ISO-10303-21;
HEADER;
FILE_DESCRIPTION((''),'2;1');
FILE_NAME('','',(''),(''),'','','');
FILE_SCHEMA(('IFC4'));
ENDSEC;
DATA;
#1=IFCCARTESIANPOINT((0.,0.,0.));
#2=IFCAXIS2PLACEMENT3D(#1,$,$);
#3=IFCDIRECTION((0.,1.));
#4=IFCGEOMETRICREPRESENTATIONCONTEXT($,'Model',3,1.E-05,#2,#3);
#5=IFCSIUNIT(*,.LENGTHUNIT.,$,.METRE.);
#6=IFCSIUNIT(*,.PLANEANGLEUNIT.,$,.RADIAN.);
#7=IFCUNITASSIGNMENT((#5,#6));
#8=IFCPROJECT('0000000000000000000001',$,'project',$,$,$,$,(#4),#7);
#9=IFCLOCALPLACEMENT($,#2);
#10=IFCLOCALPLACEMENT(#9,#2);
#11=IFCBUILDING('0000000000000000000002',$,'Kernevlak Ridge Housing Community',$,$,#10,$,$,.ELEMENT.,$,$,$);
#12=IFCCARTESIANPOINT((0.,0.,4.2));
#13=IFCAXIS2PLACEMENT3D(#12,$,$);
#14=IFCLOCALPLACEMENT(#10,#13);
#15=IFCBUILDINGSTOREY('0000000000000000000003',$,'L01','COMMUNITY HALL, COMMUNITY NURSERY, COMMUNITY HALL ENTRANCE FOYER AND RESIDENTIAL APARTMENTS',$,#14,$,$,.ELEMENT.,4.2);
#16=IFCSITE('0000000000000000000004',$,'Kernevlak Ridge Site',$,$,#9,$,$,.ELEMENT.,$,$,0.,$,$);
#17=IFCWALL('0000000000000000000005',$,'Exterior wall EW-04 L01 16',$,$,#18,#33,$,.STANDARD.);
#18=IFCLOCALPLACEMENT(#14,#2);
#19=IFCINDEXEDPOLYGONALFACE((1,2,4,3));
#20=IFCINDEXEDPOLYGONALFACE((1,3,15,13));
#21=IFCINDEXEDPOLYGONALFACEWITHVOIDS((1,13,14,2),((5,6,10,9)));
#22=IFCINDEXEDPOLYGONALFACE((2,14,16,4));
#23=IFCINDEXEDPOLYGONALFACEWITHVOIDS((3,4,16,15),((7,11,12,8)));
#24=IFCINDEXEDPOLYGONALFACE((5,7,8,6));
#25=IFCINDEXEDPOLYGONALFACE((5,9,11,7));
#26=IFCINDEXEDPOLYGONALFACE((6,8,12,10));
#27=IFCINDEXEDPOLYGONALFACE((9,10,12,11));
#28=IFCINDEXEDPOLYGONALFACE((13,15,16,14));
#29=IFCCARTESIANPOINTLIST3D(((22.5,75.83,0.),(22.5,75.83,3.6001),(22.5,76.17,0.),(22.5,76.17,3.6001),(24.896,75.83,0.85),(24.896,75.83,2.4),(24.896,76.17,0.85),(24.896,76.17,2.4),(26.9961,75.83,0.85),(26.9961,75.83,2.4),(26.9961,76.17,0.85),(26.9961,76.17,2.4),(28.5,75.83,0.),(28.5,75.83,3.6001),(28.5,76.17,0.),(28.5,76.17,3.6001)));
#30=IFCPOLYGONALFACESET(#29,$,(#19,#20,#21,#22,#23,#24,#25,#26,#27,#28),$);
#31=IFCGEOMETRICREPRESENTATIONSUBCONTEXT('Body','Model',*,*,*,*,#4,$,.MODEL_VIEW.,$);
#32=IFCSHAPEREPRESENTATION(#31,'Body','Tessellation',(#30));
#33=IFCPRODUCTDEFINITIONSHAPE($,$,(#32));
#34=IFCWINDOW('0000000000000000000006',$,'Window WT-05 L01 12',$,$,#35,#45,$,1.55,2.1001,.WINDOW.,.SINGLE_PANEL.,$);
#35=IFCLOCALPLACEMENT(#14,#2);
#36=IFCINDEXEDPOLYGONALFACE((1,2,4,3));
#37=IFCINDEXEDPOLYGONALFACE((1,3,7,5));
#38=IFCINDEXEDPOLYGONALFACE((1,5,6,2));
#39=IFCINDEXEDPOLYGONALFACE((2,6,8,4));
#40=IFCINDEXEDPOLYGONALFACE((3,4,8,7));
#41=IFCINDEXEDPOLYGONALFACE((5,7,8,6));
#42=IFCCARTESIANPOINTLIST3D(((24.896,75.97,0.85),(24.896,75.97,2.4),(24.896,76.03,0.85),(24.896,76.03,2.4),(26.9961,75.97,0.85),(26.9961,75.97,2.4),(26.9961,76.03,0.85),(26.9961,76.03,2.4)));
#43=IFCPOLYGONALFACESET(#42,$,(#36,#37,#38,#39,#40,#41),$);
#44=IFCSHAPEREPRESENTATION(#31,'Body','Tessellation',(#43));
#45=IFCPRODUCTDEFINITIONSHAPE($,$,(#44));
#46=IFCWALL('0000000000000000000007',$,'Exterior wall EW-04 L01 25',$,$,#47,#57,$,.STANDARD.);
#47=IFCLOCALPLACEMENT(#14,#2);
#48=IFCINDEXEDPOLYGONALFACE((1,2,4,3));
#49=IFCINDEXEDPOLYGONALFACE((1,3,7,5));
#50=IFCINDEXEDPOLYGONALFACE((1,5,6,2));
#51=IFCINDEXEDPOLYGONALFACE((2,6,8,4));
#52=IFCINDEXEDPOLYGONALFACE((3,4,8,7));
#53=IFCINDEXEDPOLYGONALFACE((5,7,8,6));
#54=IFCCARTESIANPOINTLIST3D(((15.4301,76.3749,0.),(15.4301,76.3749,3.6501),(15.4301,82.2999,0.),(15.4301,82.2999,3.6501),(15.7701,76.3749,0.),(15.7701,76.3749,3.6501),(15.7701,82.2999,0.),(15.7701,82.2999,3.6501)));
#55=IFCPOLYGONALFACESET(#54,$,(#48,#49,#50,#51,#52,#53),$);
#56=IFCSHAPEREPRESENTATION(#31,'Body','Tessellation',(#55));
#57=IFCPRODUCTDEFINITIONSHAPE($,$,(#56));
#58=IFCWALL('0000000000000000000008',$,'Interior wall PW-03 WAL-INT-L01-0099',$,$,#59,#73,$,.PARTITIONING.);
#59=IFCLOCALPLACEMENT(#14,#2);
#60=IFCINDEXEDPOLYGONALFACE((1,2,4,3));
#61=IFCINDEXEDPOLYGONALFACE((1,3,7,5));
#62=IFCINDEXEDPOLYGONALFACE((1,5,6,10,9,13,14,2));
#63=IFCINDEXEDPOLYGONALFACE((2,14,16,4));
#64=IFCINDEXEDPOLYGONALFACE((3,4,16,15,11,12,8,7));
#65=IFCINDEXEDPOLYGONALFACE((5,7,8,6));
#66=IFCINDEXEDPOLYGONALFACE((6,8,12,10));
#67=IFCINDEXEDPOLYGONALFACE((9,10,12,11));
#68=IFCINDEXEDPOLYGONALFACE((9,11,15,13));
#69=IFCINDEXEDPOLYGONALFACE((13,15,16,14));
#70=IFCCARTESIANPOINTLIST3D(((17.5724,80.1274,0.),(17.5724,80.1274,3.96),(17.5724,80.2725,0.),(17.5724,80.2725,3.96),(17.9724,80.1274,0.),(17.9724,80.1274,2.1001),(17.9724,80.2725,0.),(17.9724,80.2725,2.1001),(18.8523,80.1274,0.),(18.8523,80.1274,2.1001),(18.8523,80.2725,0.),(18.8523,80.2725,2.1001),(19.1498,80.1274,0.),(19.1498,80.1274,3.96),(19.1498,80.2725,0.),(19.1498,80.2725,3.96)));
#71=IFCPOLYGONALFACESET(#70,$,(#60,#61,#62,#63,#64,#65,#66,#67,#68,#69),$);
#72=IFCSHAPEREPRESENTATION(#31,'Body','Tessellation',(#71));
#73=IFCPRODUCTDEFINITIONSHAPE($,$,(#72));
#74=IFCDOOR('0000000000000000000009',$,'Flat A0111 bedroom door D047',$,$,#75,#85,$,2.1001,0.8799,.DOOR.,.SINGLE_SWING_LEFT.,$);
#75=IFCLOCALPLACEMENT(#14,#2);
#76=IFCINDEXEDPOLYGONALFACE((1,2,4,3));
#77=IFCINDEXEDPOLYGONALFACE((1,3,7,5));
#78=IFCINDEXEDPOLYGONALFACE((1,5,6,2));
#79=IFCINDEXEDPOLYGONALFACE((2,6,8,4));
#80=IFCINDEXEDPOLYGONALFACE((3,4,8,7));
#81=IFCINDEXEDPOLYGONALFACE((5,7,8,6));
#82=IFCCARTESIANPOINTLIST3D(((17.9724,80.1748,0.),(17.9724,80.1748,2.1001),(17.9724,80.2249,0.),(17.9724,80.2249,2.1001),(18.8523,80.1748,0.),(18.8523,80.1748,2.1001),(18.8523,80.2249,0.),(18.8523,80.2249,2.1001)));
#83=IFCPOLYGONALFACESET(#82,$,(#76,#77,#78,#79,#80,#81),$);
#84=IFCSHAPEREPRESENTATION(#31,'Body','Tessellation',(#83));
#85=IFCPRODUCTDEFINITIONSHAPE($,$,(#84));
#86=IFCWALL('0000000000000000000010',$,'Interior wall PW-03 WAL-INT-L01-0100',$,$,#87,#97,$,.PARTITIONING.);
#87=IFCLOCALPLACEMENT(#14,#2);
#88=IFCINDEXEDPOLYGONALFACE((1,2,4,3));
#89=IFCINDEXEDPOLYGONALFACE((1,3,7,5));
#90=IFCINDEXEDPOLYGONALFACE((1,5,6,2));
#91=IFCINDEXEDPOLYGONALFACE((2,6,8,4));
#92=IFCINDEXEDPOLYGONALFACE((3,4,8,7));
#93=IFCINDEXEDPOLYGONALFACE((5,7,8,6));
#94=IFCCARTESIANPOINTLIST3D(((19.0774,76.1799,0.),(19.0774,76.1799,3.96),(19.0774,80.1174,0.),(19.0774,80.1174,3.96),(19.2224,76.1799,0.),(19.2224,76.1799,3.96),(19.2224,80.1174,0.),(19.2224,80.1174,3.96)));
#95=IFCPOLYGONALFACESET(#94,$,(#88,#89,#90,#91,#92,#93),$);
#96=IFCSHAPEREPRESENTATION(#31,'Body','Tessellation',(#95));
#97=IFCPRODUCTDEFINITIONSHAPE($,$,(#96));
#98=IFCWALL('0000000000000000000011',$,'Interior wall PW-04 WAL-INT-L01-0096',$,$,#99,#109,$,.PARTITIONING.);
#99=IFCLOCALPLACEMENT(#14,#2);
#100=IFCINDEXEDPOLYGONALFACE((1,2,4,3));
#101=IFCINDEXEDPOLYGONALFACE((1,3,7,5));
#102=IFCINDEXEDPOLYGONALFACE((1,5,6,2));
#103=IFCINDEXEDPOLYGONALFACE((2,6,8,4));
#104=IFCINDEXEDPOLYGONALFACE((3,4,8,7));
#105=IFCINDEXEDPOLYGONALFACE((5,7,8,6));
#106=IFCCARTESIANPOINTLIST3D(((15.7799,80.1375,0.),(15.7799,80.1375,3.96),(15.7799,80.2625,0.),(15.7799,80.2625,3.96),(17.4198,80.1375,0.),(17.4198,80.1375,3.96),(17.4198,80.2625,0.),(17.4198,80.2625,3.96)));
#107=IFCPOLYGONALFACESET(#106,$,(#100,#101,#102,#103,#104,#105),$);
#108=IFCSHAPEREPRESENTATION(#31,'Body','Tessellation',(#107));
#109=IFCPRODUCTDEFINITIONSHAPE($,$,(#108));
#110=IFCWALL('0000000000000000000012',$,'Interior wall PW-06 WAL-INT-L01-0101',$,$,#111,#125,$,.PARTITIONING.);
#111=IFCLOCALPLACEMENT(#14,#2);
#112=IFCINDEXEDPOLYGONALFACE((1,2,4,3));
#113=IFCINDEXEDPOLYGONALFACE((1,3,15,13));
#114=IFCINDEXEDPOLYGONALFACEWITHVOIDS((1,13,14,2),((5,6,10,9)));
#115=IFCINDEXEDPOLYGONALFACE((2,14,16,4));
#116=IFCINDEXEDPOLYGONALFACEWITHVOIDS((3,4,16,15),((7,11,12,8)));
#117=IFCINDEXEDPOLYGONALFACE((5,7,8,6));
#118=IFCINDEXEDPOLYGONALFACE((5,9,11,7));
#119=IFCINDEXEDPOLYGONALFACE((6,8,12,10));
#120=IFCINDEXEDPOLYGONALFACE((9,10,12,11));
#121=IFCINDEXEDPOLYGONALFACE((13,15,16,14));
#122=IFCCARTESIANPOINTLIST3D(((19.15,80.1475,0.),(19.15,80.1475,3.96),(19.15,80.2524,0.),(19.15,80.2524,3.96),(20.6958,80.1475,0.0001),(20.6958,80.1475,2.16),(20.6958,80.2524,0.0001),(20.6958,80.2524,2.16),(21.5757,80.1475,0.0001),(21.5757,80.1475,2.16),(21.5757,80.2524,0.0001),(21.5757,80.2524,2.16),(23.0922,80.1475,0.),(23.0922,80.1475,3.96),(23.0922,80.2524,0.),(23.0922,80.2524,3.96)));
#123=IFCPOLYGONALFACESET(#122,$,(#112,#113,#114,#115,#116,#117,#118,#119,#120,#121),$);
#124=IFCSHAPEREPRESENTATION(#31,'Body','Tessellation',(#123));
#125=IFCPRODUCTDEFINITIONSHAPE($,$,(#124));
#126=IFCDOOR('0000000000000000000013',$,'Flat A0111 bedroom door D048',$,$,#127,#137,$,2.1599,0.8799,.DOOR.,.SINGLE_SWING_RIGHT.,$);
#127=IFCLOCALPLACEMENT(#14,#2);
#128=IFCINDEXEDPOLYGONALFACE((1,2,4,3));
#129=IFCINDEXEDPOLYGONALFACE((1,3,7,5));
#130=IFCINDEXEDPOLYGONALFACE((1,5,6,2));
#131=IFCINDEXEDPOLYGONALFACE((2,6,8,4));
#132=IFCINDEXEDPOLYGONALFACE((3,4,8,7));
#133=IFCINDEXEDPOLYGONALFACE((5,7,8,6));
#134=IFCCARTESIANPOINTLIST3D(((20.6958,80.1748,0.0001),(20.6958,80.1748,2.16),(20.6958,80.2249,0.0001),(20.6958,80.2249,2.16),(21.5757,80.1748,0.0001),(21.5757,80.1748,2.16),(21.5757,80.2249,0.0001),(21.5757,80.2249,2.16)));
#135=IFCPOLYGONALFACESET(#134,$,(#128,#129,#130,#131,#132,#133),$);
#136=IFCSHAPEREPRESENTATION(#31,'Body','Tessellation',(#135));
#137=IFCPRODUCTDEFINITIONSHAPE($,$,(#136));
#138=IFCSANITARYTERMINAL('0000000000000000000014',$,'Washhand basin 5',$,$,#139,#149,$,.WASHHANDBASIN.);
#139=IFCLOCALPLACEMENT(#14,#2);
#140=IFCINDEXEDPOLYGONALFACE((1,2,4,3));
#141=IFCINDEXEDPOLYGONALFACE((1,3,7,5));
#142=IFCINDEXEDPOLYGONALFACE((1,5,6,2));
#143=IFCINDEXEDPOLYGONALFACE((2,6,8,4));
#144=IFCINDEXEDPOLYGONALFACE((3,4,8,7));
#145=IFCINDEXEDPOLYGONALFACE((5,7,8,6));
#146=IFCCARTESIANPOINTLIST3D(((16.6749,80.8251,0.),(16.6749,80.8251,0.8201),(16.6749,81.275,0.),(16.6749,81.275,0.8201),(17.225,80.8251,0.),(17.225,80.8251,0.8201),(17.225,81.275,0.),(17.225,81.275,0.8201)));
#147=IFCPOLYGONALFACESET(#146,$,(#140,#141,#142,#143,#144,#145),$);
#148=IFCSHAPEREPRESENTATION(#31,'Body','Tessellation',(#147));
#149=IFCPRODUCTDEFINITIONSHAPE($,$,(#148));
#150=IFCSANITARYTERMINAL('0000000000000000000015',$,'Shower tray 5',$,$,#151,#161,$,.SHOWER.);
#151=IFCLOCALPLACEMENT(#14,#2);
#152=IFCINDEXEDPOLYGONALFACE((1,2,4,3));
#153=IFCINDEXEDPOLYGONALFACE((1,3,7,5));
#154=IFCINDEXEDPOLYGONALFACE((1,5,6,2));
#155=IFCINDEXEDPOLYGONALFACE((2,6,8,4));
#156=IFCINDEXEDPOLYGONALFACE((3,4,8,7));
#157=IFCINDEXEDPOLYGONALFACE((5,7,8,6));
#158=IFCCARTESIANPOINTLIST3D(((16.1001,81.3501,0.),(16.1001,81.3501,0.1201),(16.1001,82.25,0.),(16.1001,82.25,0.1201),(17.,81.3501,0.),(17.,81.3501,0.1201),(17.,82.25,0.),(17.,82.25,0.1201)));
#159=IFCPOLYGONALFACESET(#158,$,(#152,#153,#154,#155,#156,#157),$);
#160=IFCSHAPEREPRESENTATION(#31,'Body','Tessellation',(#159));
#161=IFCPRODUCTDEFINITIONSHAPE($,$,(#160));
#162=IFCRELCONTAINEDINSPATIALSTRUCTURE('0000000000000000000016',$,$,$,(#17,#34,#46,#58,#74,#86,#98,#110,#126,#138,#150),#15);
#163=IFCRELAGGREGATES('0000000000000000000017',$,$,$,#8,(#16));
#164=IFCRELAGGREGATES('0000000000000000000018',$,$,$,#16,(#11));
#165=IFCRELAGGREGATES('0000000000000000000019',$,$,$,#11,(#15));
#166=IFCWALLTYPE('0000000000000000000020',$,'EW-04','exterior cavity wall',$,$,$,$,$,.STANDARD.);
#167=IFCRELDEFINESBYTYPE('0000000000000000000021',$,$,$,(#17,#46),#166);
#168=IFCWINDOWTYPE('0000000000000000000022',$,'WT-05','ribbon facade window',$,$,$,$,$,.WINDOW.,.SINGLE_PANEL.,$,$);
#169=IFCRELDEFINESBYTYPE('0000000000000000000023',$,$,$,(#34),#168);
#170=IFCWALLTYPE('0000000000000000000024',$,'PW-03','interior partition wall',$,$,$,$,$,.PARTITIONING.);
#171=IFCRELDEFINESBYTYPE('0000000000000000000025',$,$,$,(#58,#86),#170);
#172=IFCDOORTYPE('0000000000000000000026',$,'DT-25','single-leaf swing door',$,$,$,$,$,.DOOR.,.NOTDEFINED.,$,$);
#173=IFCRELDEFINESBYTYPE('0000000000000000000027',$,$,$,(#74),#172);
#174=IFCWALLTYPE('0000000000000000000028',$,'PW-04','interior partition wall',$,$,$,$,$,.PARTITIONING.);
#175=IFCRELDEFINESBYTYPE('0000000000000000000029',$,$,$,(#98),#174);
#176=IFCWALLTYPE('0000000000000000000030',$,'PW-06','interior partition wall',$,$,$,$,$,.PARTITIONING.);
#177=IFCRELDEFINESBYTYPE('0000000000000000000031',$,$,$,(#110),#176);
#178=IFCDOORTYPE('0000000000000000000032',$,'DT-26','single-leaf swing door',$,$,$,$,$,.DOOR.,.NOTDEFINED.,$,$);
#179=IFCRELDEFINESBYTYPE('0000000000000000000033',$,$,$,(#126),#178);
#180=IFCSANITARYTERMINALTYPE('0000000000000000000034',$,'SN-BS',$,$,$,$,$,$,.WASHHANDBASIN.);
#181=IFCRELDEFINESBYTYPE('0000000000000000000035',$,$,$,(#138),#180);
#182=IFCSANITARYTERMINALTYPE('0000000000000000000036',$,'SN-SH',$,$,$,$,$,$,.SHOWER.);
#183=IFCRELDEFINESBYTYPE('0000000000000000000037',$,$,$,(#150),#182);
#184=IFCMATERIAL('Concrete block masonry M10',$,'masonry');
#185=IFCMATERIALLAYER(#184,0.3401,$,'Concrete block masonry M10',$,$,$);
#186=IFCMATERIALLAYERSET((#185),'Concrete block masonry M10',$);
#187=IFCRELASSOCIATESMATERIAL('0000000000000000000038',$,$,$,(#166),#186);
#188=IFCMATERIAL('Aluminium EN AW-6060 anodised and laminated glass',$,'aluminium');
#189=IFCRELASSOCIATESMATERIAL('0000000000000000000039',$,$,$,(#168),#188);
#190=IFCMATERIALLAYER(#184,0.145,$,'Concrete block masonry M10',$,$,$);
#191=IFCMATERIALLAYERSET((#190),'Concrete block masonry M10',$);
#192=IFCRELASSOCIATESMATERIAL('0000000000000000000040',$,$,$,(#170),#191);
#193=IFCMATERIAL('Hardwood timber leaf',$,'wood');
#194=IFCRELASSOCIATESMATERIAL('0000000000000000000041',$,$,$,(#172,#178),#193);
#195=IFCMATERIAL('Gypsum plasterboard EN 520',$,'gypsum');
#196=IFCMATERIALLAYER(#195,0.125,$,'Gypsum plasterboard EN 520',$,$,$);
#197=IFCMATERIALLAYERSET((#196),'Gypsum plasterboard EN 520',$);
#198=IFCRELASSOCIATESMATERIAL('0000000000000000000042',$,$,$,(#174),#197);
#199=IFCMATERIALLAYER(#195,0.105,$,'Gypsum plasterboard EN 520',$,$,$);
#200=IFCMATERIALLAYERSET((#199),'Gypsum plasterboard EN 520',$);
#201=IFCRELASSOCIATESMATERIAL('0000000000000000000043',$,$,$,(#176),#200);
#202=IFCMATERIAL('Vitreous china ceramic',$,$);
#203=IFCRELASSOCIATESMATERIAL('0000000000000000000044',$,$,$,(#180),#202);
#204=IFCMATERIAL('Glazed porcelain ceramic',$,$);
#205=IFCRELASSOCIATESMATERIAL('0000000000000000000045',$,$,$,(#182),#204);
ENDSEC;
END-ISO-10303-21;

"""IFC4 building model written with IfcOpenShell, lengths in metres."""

from ifc_helpers import new_model, si_unit, direction, frame, frame_2d, origin, origin_2d, place, context, subcontext, project, spatial, rectangle, extrude, material, layer, layer_set, type_object, element, fill, save


model = new_model("IFC4")

# Units and contexts
model_context = context("Model", 3, precision=1e-05, world=origin(), true_north=direction((0.0, 1.0)))
body_context = subcontext(model_context, "Body", "Model", "MODEL_VIEW")
ifc_project = project(units=[si_unit("LENGTHUNIT", "METRE"), si_unit("PLANEANGLEUNIT", "RADIAN")], contexts=[model_context])

# Site, building, storey
site_placement = place(None, origin())
site = spatial("IfcSite", under=ifc_project, at=site_placement, Name="Kernevlak Ridge Site", CompositionType="ELEMENT", RefElevation=0.0)
building_placement = place(site_placement, origin())
building = spatial("IfcBuilding", under=site, at=building_placement, Name="Kernevlak Ridge Housing Community", CompositionType="ELEMENT")
storey_placement = place(building_placement, frame((0.0, 0.0, 4.2)))
storey = spatial("IfcBuildingStorey", under=building, at=storey_placement, Name="L01", Description="COMMUNITY HALL, COMMUNITY NURSERY, COMMUNITY HALL ENTRANCE FOYER AND RESIDENTIAL APARTMENTS", CompositionType="ELEMENT", Elevation=4.2)

# Shared definitions
ifc_material_1 = material(Name="Concrete block masonry M10", Category="masonry")
ifc_layer_1 = layer(ifc_material_1, 0.3401, Name="Concrete block masonry M10")
ifc_layer_set_1 = layer_set([ifc_layer_1], Name="Concrete block masonry M10")
wall_type_1 = type_object("IfcWallType", Name="EW-04", Description="exterior cavity wall", PredefinedType="STANDARD", material=ifc_layer_set_1)
ifc_material_2 = material(Name="Aluminium EN AW-6060 anodised and laminated glass", Category="aluminium")

# Wall, opening, window
wall_1_placement = place(storey_placement, frame((22.5, 76.0, 0.0), z_axis=(0.0, 0.0, 1.0), x_axis=(1.0, 0.0, 0.0)))
wall_1 = element("IfcWall", 1, at=wall_1_placement, inside=storey, type_object=wall_type_1, Name="Exterior wall EW-04 L01 16", PredefinedType="STANDARD", context=body_context, shape_type="SweptSolid", body=[
    extrude(rectangle(XDim=6.0, YDim=0.3401, at=frame_2d((3.0, 0.0))), origin(), (0.0, 0.0, 1.0), 3.6001),
])
opening_1_placement = place(wall_1_placement, frame((2.396, 0.0, 0.8501)))
opening_1 = element("IfcOpeningElement", 2, at=opening_1_placement, cuts=wall_1, PredefinedType="OPENING", context=body_context, shape_type="SweptSolid", body=[
    extrude(rectangle(XDim=2.1001, YDim=1.55, at=frame_2d((1.05, 0.7749))), frame((0.0, 0.1799, 0.0), z_axis=(0.0, -1.0, 0.0), x_axis=(1.0, 0.0, 0.0)), (0.0, 0.0, 1.0), 0.3601),
])
window_type_1 = type_object("IfcWindowType", Name="WT-05", Description="ribbon facade window", PartitioningType="SINGLE_PANEL", PredefinedType="WINDOW", material=ifc_material_2)
window_1_placement = place(opening_1_placement, origin())
window_1 = element("IfcWindow", 3, at=window_1_placement, inside=storey, type_object=window_type_1, Name="Window WT-05 L01 12", OverallHeight=1.55, OverallWidth=2.1001, PartitioningType="SINGLE_PANEL", PredefinedType="WINDOW", context=body_context, shape_type="SweptSolid", body=[
    extrude(rectangle(XDim=2.1001, YDim=1.55, at=frame_2d((1.05, 0.7749))), frame((0.0, 0.03, 0.0), z_axis=(0.0, -1.0, 0.0), x_axis=(1.0, 0.0, 0.0)), (0.0, 0.0, 1.0), 0.0601),
])
fill(opening_1, window_1)

# Wall
wall_2_placement = place(storey_placement, frame((15.6001, 76.375, 0.0), z_axis=(0.0, 0.0, 1.0), x_axis=(0.0, 1.0, 0.0)))
element("IfcWall", 4, at=wall_2_placement, inside=storey, type_object=wall_type_1, Name="Exterior wall EW-04 L01 25", PredefinedType="STANDARD", context=body_context, shape_type="SweptSolid", body=[
    extrude(rectangle(XDim=5.925, YDim=0.3401, at=frame_2d((2.9624, 0.0))), origin(), (0.0, 0.0, 1.0), 3.6501),
])

# Wall, opening, door
ifc_layer_2 = layer(ifc_material_1, 0.145, Name="Concrete block masonry M10")
ifc_layer_set_2 = layer_set([ifc_layer_2], Name="Concrete block masonry M10")
wall_type_2 = type_object("IfcWallType", Name="PW-03", Description="interior partition wall", PredefinedType="PARTITIONING", material=ifc_layer_set_2)
wall_3_placement = place(storey_placement, frame((17.5725, 80.2, 0.0), z_axis=(0.0, 0.0, 1.0), x_axis=(1.0, 0.0, 0.0)))
wall_3 = element("IfcWall", 5, at=wall_3_placement, inside=storey, type_object=wall_type_2, Name="Interior wall PW-03 WAL-INT-L01-0099", PredefinedType="PARTITIONING", context=body_context, shape_type="SweptSolid", body=[
    extrude(rectangle(XDim=1.5774, YDim=0.145, at=frame_2d((0.7886, 0.0))), origin(), (0.0, 0.0, 1.0), 3.96),
])
opening_2_placement = place(wall_3_placement, frame((0.3999, 0.0, 0.0)))
opening_2 = element("IfcOpeningElement", 6, at=opening_2_placement, cuts=wall_3, PredefinedType="OPENING", context=body_context, shape_type="SweptSolid", body=[
    extrude(rectangle(XDim=0.8799, YDim=2.1001, at=frame_2d((0.4399, 1.05))), frame((0.0, 0.0825, 0.0), z_axis=(0.0, -1.0, 0.0), x_axis=(1.0, 0.0, 0.0)), (0.0, 0.0, 1.0), 0.165),
])
ifc_material_3 = material(Name="Hardwood timber leaf", Category="wood")
door_type_1 = type_object("IfcDoorType", Name="DT-25", Description="single-leaf swing door", OperationType="NOTDEFINED", PredefinedType="DOOR", material=ifc_material_3)
door_1_placement = place(opening_2_placement, origin())
door_1 = element("IfcDoor", 7, at=door_1_placement, inside=storey, type_object=door_type_1, Name="Flat A0111 bedroom door D047", OperationType="SINGLE_SWING_LEFT", OverallHeight=2.1001, OverallWidth=0.8799, PredefinedType="DOOR", context=body_context, shape_type="SweptSolid", body=[
    extrude(rectangle(XDim=0.8799, YDim=2.1001, at=frame_2d((0.4399, 1.05))), frame((0.0, 0.0249, 0.0), z_axis=(0.0, -1.0, 0.0), x_axis=(1.0, 0.0, 0.0)), (0.0, 0.0, 1.0), 0.05),
])
fill(opening_2, door_1)

# Walls
wall_4_placement = place(storey_placement, frame((19.1499, 80.1174, 0.0), z_axis=(0.0, 0.0, 1.0), x_axis=(0.0, -1.0, 0.0)))
element("IfcWall", 8, at=wall_4_placement, inside=storey, type_object=wall_type_2, Name="Interior wall PW-03 WAL-INT-L01-0100", PredefinedType="PARTITIONING", context=body_context, shape_type="SweptSolid", body=[
    extrude(rectangle(XDim=3.9375, YDim=0.145, at=frame_2d((1.9688, 0.0))), origin(), (0.0, 0.0, 1.0), 3.96),
])
ifc_material_4 = material(Name="Gypsum plasterboard EN 520", Category="gypsum")
ifc_layer_3 = layer(ifc_material_4, 0.125, Name="Gypsum plasterboard EN 520")
ifc_layer_set_3 = layer_set([ifc_layer_3], Name="Gypsum plasterboard EN 520")
wall_type_3 = type_object("IfcWallType", Name="PW-04", Description="interior partition wall", PredefinedType="PARTITIONING", material=ifc_layer_set_3)
wall_5_placement = place(storey_placement, frame((15.78, 80.2, 0.0), z_axis=(0.0, 0.0, 1.0), x_axis=(1.0, 0.0, 0.0)))
element("IfcWall", 9, at=wall_5_placement, inside=storey, type_object=wall_type_3, Name="Interior wall PW-04 WAL-INT-L01-0096", PredefinedType="PARTITIONING", context=body_context, shape_type="SweptSolid", body=[
    extrude(rectangle(XDim=1.6399, YDim=0.125, at=frame_2d((0.8198, 0.0))), origin(), (0.0, 0.0, 1.0), 3.96),
])

# Wall, opening, door
ifc_layer_4 = layer(ifc_material_4, 0.105, Name="Gypsum plasterboard EN 520")
ifc_layer_set_4 = layer_set([ifc_layer_4], Name="Gypsum plasterboard EN 520")
wall_type_4 = type_object("IfcWallType", Name="PW-06", Description="interior partition wall", PredefinedType="PARTITIONING", material=ifc_layer_set_4)
wall_6_placement = place(storey_placement, frame((19.1499, 80.2, 0.0), z_axis=(0.0, 0.0, 1.0), x_axis=(1.0, 0.0, 0.0)))
wall_6 = element("IfcWall", 10, at=wall_6_placement, inside=storey, type_object=wall_type_4, Name="Interior wall PW-06 WAL-INT-L01-0101", PredefinedType="PARTITIONING", context=body_context, shape_type="SweptSolid", body=[
    extrude(rectangle(XDim=3.9421, YDim=0.105, at=frame_2d((1.9712, 0.0))), origin(), (0.0, 0.0, 1.0), 3.96),
])
opening_3_placement = place(wall_6_placement, frame((1.5459, 0.0, 0.0)))
opening_3 = element("IfcOpeningElement", 11, at=opening_3_placement, cuts=wall_6, PredefinedType="OPENING", context=body_context, shape_type="SweptSolid", body=[
    extrude(rectangle(XDim=0.8799, YDim=2.1599, at=frame_2d((0.4399, 1.0801))), frame((0.0, 0.0625, 0.0), z_axis=(0.0, -1.0, 0.0), x_axis=(1.0, 0.0, 0.0)), (0.0, 0.0, 1.0), 0.125),
])
door_type_2 = type_object("IfcDoorType", Name="DT-26", Description="single-leaf swing door", OperationType="NOTDEFINED", PredefinedType="DOOR", material=ifc_material_3)
door_2_placement = place(opening_3_placement, origin())
door_2 = element("IfcDoor", 12, at=door_2_placement, inside=storey, type_object=door_type_2, Name="Flat A0111 bedroom door D048", OperationType="SINGLE_SWING_RIGHT", OverallHeight=2.1599, OverallWidth=0.8799, PredefinedType="DOOR", context=body_context, shape_type="SweptSolid", body=[
    extrude(rectangle(XDim=0.8799, YDim=2.1599, at=frame_2d((0.4399, 1.0801))), frame((0.0, 0.0249, 0.0), z_axis=(0.0, -1.0, 0.0), x_axis=(1.0, 0.0, 0.0)), (0.0, 0.0, 1.0), 0.05),
])
fill(opening_3, door_2)

# Sanitary terminals
ifc_material_5 = material(Name="Vitreous china ceramic")
sanitary_terminal_type_1 = type_object("IfcSanitaryTerminalType", Name="SN-BS", PredefinedType="WASHHANDBASIN", material=ifc_material_5)
sanitary_terminal_1_placement = place(storey_placement, frame((16.95, 81.05, 0.0), z_axis=(0.0, 0.0, 1.0), x_axis=(1.0, 0.0, 0.0)))
element("IfcSanitaryTerminal", 13, at=sanitary_terminal_1_placement, inside=storey, type_object=sanitary_terminal_type_1, Name="Washhand basin 5", PredefinedType="WASHHANDBASIN", context=body_context, shape_type="SweptSolid", body=[
    extrude(rectangle(XDim=0.55, YDim=0.45, at=origin_2d()), origin(), (0.0, 0.0, 1.0), 0.8201),
])
ifc_material_6 = material(Name="Glazed porcelain ceramic")
sanitary_terminal_type_2 = type_object("IfcSanitaryTerminalType", Name="SN-SH", PredefinedType="SHOWER", material=ifc_material_6)
sanitary_terminal_2_placement = place(storey_placement, frame((16.55, 81.8, 0.0), z_axis=(0.0, 0.0, 1.0), x_axis=(1.0, 0.0, 0.0)))
element("IfcSanitaryTerminal", 14, at=sanitary_terminal_2_placement, inside=storey, type_object=sanitary_terminal_type_2, Name="Shower tray 5", PredefinedType="SHOWER", context=body_context, shape_type="SweptSolid", body=[
    extrude(rectangle(XDim=0.8999, YDim=0.8999, at=origin_2d()), origin(), (0.0, 0.0, 1.0), 0.1201),
])

save(model, "model.ifc")
